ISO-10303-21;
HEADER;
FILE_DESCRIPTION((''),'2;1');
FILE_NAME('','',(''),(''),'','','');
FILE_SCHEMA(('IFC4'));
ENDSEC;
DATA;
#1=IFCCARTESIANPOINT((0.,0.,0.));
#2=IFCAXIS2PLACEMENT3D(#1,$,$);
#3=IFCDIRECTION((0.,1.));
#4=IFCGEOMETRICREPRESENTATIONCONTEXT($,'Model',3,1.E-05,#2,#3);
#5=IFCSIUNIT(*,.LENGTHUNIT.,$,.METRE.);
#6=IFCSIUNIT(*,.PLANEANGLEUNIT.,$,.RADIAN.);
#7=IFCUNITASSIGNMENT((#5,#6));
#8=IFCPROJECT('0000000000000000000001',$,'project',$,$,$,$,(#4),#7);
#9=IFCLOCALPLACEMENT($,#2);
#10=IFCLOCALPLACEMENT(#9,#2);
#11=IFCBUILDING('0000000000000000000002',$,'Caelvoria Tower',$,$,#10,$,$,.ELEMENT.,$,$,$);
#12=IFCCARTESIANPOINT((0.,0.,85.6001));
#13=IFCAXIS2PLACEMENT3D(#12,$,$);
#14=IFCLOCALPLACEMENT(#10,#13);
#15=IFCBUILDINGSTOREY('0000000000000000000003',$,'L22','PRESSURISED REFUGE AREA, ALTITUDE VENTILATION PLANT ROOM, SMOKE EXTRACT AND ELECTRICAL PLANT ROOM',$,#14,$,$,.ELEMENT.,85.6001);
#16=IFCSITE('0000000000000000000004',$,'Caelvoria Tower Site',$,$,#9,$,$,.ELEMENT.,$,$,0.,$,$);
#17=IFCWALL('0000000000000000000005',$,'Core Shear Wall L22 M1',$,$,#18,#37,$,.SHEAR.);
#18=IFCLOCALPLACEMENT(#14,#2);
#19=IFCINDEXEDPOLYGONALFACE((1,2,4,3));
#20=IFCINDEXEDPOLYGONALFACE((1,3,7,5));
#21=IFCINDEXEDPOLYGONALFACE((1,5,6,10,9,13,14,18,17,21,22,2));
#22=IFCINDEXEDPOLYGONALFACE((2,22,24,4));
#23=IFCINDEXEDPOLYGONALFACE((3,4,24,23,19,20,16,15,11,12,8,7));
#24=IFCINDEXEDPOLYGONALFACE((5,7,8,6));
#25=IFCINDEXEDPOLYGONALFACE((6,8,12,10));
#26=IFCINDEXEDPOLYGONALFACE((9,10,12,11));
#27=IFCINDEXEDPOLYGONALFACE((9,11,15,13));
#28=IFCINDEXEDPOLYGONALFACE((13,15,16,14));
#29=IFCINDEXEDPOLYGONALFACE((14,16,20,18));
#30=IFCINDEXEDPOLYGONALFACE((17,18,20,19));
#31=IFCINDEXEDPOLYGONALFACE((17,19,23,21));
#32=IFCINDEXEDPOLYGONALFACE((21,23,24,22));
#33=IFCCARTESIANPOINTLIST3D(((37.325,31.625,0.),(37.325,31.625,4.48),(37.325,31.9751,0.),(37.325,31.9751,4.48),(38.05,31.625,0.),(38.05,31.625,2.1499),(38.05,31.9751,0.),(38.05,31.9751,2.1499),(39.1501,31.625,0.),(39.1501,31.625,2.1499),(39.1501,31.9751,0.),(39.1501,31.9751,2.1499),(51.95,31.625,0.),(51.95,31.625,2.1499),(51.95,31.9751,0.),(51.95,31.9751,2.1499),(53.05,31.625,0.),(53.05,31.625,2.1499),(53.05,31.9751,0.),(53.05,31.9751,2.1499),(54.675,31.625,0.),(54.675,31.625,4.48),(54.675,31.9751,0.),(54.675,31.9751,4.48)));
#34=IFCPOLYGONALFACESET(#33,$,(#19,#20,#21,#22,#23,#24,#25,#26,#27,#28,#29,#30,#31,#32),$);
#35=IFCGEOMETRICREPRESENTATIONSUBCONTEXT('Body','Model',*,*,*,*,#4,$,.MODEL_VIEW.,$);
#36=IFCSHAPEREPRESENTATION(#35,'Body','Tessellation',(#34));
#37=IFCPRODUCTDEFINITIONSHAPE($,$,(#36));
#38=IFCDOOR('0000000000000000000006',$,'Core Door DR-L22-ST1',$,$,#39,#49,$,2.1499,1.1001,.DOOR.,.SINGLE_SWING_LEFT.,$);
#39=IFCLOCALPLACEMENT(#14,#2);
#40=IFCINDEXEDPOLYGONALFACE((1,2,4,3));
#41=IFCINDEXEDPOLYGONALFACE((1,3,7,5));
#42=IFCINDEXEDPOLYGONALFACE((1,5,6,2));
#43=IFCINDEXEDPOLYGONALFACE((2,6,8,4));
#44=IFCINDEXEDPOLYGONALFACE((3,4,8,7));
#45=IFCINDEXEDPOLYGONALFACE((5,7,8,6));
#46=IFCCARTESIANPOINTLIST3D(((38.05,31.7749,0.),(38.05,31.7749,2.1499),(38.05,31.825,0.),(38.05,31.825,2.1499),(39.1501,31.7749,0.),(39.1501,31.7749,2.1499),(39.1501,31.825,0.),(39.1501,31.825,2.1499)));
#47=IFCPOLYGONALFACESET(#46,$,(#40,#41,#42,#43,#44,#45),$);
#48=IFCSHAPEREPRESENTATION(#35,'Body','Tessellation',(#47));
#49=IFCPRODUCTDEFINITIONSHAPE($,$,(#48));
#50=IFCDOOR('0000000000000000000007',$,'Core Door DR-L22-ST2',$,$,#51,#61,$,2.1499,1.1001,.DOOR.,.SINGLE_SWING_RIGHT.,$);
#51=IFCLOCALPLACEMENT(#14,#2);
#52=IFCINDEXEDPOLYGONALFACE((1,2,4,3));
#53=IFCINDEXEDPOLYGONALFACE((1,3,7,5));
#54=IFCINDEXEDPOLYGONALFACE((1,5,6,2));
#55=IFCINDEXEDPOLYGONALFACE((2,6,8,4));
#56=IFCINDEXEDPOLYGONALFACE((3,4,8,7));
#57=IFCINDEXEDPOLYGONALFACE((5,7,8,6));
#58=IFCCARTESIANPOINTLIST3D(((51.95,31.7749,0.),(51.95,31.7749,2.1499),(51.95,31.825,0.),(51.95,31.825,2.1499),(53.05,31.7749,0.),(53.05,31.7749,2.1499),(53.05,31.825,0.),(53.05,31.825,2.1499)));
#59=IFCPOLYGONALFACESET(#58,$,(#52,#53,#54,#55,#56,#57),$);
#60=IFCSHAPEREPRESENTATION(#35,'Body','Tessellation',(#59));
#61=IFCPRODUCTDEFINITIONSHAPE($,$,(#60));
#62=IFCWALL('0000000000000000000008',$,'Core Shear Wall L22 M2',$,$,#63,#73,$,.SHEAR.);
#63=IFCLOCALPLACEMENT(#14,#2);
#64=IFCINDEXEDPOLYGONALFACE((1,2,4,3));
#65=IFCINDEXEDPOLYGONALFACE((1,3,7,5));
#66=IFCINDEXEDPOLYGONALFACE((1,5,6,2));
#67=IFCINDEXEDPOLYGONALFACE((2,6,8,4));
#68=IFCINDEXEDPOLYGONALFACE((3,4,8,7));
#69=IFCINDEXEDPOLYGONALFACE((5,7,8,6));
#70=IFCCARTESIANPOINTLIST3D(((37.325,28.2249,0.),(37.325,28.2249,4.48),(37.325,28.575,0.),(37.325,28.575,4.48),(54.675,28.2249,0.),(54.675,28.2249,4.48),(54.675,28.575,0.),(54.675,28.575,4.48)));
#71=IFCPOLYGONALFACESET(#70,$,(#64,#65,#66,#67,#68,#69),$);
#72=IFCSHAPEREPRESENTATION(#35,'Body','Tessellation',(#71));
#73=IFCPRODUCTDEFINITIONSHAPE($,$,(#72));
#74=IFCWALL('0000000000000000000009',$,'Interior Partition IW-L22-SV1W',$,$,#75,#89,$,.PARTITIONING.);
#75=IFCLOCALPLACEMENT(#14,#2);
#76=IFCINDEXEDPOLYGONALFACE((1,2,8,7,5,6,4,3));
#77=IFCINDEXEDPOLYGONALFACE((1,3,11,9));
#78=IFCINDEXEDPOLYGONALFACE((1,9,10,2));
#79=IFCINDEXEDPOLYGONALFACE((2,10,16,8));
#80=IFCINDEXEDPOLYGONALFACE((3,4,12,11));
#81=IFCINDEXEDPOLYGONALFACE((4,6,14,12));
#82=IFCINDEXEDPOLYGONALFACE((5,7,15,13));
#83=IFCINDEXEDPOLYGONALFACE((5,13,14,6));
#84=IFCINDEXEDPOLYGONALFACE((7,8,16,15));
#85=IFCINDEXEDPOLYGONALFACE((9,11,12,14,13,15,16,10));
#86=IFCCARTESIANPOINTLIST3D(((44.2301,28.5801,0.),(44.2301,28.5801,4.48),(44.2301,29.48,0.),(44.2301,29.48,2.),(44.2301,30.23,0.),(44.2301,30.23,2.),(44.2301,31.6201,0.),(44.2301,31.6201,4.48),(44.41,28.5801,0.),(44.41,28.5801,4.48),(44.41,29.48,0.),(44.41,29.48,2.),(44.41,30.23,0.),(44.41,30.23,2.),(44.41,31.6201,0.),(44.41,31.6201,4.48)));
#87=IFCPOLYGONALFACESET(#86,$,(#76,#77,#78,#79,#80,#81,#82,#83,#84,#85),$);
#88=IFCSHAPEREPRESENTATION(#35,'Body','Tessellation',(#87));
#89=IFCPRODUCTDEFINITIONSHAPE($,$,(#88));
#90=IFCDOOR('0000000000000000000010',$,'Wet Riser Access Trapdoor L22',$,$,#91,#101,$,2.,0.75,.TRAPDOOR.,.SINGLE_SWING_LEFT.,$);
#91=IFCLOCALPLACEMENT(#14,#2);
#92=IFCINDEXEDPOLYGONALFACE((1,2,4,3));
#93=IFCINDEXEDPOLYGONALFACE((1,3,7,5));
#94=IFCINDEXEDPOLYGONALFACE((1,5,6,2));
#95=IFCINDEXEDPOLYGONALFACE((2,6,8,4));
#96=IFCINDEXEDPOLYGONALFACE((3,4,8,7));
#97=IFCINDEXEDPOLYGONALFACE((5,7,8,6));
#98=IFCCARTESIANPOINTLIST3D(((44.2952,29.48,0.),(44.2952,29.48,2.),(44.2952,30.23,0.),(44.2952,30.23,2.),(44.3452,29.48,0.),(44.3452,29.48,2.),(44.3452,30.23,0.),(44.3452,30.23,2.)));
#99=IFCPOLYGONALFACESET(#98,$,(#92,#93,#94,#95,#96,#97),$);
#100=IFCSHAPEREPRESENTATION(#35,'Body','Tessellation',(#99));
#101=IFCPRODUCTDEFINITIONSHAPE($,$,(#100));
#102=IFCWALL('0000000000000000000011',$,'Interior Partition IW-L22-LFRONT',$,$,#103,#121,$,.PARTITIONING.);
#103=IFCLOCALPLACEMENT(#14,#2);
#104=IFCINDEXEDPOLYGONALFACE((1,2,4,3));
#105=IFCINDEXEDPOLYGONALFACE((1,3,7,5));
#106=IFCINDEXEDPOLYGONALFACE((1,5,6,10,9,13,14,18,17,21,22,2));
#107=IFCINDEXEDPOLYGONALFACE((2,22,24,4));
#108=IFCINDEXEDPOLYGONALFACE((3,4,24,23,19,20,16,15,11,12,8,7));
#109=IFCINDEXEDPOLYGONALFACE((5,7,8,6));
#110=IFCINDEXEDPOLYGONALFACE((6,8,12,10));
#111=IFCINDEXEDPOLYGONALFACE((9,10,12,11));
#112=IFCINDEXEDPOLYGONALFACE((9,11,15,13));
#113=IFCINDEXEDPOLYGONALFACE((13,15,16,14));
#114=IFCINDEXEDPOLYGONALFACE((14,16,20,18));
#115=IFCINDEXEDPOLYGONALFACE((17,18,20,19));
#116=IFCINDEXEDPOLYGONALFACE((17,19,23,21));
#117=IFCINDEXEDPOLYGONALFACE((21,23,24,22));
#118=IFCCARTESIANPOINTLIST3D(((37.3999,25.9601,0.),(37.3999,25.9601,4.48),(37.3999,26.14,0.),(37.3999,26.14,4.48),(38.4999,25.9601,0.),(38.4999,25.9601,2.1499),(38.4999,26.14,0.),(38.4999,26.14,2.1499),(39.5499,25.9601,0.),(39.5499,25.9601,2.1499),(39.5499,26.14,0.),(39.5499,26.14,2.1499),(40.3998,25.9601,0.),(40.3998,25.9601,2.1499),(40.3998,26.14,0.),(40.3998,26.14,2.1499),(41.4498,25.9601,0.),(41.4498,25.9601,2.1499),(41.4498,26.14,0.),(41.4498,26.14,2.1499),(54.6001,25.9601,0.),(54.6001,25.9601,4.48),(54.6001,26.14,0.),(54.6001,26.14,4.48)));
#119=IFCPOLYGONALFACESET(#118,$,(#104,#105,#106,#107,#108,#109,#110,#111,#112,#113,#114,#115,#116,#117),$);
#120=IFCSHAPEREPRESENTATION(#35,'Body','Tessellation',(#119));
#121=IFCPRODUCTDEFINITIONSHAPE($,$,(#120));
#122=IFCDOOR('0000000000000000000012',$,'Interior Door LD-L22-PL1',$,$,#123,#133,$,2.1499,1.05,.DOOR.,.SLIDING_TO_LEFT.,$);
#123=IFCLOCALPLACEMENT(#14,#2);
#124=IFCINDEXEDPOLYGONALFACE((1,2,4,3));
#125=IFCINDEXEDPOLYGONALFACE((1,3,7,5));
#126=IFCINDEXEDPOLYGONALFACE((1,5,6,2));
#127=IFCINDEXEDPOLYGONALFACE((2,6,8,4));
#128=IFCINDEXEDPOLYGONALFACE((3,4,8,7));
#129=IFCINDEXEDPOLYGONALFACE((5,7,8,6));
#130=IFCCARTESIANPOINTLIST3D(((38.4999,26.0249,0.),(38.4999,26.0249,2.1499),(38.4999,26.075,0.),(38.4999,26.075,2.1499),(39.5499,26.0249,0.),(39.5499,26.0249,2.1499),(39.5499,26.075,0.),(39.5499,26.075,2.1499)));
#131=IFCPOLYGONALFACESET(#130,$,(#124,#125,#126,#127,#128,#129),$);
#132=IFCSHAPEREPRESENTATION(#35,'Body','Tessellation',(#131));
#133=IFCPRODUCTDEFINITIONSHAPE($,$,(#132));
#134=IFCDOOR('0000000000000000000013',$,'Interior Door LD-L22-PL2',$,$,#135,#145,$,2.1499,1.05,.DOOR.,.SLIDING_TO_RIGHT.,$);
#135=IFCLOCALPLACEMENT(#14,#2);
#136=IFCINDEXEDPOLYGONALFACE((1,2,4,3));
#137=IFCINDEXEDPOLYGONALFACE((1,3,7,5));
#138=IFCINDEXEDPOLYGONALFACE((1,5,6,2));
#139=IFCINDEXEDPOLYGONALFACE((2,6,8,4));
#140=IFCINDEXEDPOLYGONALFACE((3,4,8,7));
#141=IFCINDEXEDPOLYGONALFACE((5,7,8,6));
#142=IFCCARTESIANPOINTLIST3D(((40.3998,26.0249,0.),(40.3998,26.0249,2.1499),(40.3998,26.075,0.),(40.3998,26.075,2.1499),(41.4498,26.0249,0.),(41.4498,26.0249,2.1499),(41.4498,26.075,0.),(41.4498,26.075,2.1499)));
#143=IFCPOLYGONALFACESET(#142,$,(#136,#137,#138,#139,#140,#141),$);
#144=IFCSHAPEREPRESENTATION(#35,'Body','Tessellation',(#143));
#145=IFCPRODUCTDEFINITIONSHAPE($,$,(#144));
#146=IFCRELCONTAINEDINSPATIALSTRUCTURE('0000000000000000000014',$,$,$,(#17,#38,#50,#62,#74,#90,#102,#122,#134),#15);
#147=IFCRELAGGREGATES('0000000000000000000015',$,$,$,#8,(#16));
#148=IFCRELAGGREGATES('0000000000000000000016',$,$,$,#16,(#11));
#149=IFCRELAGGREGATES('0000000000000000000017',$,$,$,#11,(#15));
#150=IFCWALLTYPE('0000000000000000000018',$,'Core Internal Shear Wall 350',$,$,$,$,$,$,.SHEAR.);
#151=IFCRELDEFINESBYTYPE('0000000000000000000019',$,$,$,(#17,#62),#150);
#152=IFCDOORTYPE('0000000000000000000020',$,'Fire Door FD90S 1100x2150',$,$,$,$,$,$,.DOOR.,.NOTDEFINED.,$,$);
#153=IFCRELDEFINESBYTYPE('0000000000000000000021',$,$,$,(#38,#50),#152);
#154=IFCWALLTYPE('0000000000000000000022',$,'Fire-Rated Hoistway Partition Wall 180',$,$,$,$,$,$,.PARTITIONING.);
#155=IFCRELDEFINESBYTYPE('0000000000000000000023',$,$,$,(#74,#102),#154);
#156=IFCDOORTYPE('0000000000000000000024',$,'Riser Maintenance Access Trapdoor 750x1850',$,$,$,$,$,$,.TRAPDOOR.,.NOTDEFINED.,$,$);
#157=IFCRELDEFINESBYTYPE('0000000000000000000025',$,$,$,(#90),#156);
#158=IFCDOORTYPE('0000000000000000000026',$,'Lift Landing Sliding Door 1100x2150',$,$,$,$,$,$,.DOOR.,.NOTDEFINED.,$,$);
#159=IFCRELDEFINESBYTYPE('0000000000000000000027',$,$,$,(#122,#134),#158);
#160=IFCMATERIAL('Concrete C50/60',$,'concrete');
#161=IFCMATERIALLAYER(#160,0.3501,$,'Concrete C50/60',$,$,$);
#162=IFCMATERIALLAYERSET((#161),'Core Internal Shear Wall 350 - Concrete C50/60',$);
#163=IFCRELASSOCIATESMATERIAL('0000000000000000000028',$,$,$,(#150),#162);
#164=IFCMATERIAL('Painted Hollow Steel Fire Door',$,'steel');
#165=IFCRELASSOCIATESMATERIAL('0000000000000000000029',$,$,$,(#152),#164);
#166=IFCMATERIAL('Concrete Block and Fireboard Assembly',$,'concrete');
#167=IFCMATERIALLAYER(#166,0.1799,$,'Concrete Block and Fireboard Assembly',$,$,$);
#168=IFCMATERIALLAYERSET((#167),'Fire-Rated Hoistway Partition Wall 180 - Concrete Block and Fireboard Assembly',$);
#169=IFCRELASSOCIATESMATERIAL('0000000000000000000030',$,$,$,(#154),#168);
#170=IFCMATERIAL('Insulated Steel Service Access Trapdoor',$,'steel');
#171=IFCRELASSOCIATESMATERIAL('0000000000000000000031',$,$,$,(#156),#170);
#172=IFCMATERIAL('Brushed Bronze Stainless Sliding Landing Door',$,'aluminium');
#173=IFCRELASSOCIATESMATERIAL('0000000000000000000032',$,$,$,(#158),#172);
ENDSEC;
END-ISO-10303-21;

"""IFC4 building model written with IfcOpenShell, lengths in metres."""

from ifc_helpers import new_model, si_unit, direction, frame, frame_2d, origin, place, context, subcontext, project, spatial, rectangle, extrude, material, layer, layer_set, type_object, element, fill, save


model = new_model("IFC4")

# Units and contexts
model_context = context("Model", 3, precision=1e-05, world=origin(), true_north=direction((0.0, 1.0)))
body_context = subcontext(model_context, "Body", "Model", "MODEL_VIEW")
ifc_project = project(units=[si_unit("LENGTHUNIT", "METRE"), si_unit("PLANEANGLEUNIT", "RADIAN")], contexts=[model_context])

# Site, building, storey
site_placement = place(None, origin())
site = spatial("IfcSite", under=ifc_project, at=site_placement, Name="Caelvoria Tower Site", CompositionType="ELEMENT", RefElevation=0.0)
building_placement = place(site_placement, origin())
building = spatial("IfcBuilding", under=site, at=building_placement, Name="Caelvoria Tower", CompositionType="ELEMENT")
storey_placement = place(building_placement, frame((0.0, 0.0, 85.6001)))
storey = spatial("IfcBuildingStorey", under=building, at=storey_placement, Name="L22", Description="PRESSURISED REFUGE AREA, ALTITUDE VENTILATION PLANT ROOM, SMOKE EXTRACT AND ELECTRICAL PLANT ROOM", CompositionType="ELEMENT", Elevation=85.6001)

# Wall, openings, doors
ifc_material_1 = material(Name="Concrete C50/60", Category="concrete")
ifc_layer_1 = layer(ifc_material_1, 0.3501, Name="Concrete C50/60")
ifc_layer_set_1 = layer_set([ifc_layer_1], Name="Core Internal Shear Wall 350 - Concrete C50/60")
wall_type_1 = type_object("IfcWallType", Name="Core Internal Shear Wall 350", PredefinedType="SHEAR", material=ifc_layer_set_1)
wall_1_placement = place(storey_placement, frame((37.325, 31.8, 0.0), z_axis=(0.0, 0.0, 1.0), x_axis=(1.0, 0.0, 0.0)))
wall_1 = element("IfcWall", 1, at=wall_1_placement, inside=storey, type_object=wall_type_1, Name="Core Shear Wall L22 M1", PredefinedType="SHEAR", context=body_context, shape_type="SweptSolid", body=[
    extrude(rectangle(XDim=17.3501, YDim=0.3501, at=frame_2d((8.675, 0.0))), origin(), (0.0, 0.0, 1.0), 4.48),
])
opening_1_placement = place(wall_1_placement, frame((0.7251, 0.0, 0.0)))
opening_1 = element("IfcOpeningElement", 2, at=opening_1_placement, cuts=wall_1, PredefinedType="OPENING", context=body_context, shape_type="SweptSolid", body=[
    extrude(rectangle(XDim=1.1001, YDim=2.1499, at=frame_2d((0.55, 1.075))), frame((0.0, 0.1851, 0.0), z_axis=(0.0, -1.0, 0.0), x_axis=(1.0, 0.0, 0.0)), (0.0, 0.0, 1.0), 0.3701),
])
opening_2_placement = place(wall_1_placement, frame((14.625, 0.0, 0.0)))
opening_2 = element("IfcOpeningElement", 3, at=opening_2_placement, cuts=wall_1, PredefinedType="OPENING", context=body_context, shape_type="SweptSolid", body=[
    extrude(rectangle(XDim=1.1001, YDim=2.1499, at=frame_2d((0.55, 1.075))), frame((0.0, 0.1851, 0.0), z_axis=(0.0, -1.0, 0.0), x_axis=(1.0, 0.0, 0.0)), (0.0, 0.0, 1.0), 0.3701),
])
ifc_material_2 = material(Name="Painted Hollow Steel Fire Door", Category="steel")
door_type_1 = type_object("IfcDoorType", Name="Fire Door FD90S 1100x2150", OperationType="NOTDEFINED", PredefinedType="DOOR", material=ifc_material_2)
door_1_placement = place(opening_1_placement, origin())
door_1 = element("IfcDoor", 4, at=door_1_placement, inside=storey, type_object=door_type_1, Name="Core Door DR-L22-ST1", OperationType="SINGLE_SWING_LEFT", OverallHeight=2.1499, OverallWidth=1.1001, PredefinedType="DOOR", context=body_context, shape_type="SweptSolid", body=[
    extrude(rectangle(XDim=1.1001, YDim=2.1499, at=frame_2d((0.55, 1.075))), frame((0.0, 0.0249, 0.0), z_axis=(0.0, -1.0, 0.0), x_axis=(1.0, 0.0, 0.0)), (0.0, 0.0, 1.0), 0.05),
])
fill(opening_1, door_1)
door_2_placement = place(opening_2_placement, origin())
door_2 = element("IfcDoor", 5, at=door_2_placement, inside=storey, type_object=door_type_1, Name="Core Door DR-L22-ST2", OperationType="SINGLE_SWING_RIGHT", OverallHeight=2.1499, OverallWidth=1.1001, PredefinedType="DOOR", context=body_context, shape_type="SweptSolid", body=[
    extrude(rectangle(XDim=1.1001, YDim=2.1499, at=frame_2d((0.55, 1.075))), frame((0.0, 0.0249, 0.0), z_axis=(0.0, -1.0, 0.0), x_axis=(1.0, 0.0, 0.0)), (0.0, 0.0, 1.0), 0.05),
])
fill(opening_2, door_2)

# Wall
wall_2_placement = place(storey_placement, frame((37.325, 28.3999, 0.0), z_axis=(0.0, 0.0, 1.0), x_axis=(1.0, 0.0, 0.0)))
element("IfcWall", 6, at=wall_2_placement, inside=storey, type_object=wall_type_1, Name="Core Shear Wall L22 M2", PredefinedType="SHEAR", context=body_context, shape_type="SweptSolid", body=[
    extrude(rectangle(XDim=17.3501, YDim=0.3501, at=frame_2d((8.675, 0.0))), origin(), (0.0, 0.0, 1.0), 4.48),
])

# Wall, opening, door
ifc_material_3 = material(Name="Concrete Block and Fireboard Assembly", Category="concrete")
ifc_layer_2 = layer(ifc_material_3, 0.1799, Name="Concrete Block and Fireboard Assembly")
ifc_layer_set_2 = layer_set([ifc_layer_2], Name="Fire-Rated Hoistway Partition Wall 180 - Concrete Block and Fireboard Assembly")
wall_type_2 = type_object("IfcWallType", Name="Fire-Rated Hoistway Partition Wall 180", PredefinedType="PARTITIONING", material=ifc_layer_set_2)
wall_3_placement = place(storey_placement, frame((44.3201, 28.5801, 0.0), z_axis=(0.0, 0.0, 1.0), x_axis=(0.0, 1.0, 0.0)))
wall_3 = element("IfcWall", 7, at=wall_3_placement, inside=storey, type_object=wall_type_2, Name="Interior Partition IW-L22-SV1W", PredefinedType="PARTITIONING", context=body_context, shape_type="SweptSolid", body=[
    extrude(rectangle(XDim=3.04, YDim=0.1799, at=frame_2d((1.52, 0.0))), origin(), (0.0, 0.0, 1.0), 4.48),
])
opening_3_placement = place(wall_3_placement, frame((0.8999, 0.0, 0.0)))
opening_3 = element("IfcOpeningElement", 8, at=opening_3_placement, cuts=wall_3, PredefinedType="OPENING", context=body_context, shape_type="SweptSolid", body=[
    extrude(rectangle(XDim=0.75, YDim=2.0, at=frame_2d((0.375, 1.0))), frame((0.0, 0.0999, 0.0), z_axis=(0.0, -1.0, 0.0), x_axis=(1.0, 0.0, 0.0)), (0.0, 0.0, 1.0), 0.2),
])
ifc_material_4 = material(Name="Insulated Steel Service Access Trapdoor", Category="steel")
door_type_2 = type_object("IfcDoorType", Name="Riser Maintenance Access Trapdoor 750x1850", OperationType="NOTDEFINED", PredefinedType="TRAPDOOR", material=ifc_material_4)
door_3_placement = place(opening_3_placement, origin())
door_3 = element("IfcDoor", 9, at=door_3_placement, inside=storey, type_object=door_type_2, Name="Wet Riser Access Trapdoor L22", OperationType="SINGLE_SWING_LEFT", OverallHeight=2.0, OverallWidth=0.75, PredefinedType="TRAPDOOR", context=body_context, shape_type="SweptSolid", body=[
    extrude(rectangle(XDim=0.75, YDim=2.0, at=frame_2d((0.375, 1.0))), frame((0.0, 0.0249, 0.0), z_axis=(0.0, -1.0, 0.0), x_axis=(1.0, 0.0, 0.0)), (0.0, 0.0, 1.0), 0.05),
])
fill(opening_3, door_3)

# Wall, openings, doors
wall_4_placement = place(storey_placement, frame((37.3999, 26.05, 0.0), z_axis=(0.0, 0.0, 1.0), x_axis=(1.0, 0.0, 0.0)))
wall_4 = element("IfcWall", 10, at=wall_4_placement, inside=storey, type_object=wall_type_2, Name="Interior Partition IW-L22-LFRONT", PredefinedType="PARTITIONING", context=body_context, shape_type="SweptSolid", body=[
    extrude(rectangle(XDim=17.2002, YDim=0.1799, at=frame_2d((8.6001, 0.0))), origin(), (0.0, 0.0, 1.0), 4.48),
])
opening_4_placement = place(wall_4_placement, frame((1.1001, 0.0, 0.0)))
opening_4 = element("IfcOpeningElement", 11, at=opening_4_placement, cuts=wall_4, PredefinedType="OPENING", context=body_context, shape_type="SweptSolid", body=[
    extrude(rectangle(XDim=1.05, YDim=2.1499, at=frame_2d((0.5249, 1.075))), frame((0.0, 0.0999, 0.0), z_axis=(0.0, -1.0, 0.0), x_axis=(1.0, 0.0, 0.0)), (0.0, 0.0, 1.0), 0.2),
])
opening_5_placement = place(wall_4_placement, frame((3.0, 0.0, 0.0)))
opening_5 = element("IfcOpeningElement", 12, at=opening_5_placement, cuts=wall_4, PredefinedType="OPENING", context=body_context, shape_type="SweptSolid", body=[
    extrude(rectangle(XDim=1.05, YDim=2.1499, at=frame_2d((0.5249, 1.075))), frame((0.0, 0.0999, 0.0), z_axis=(0.0, -1.0, 0.0), x_axis=(1.0, 0.0, 0.0)), (0.0, 0.0, 1.0), 0.2),
])
ifc_material_5 = material(Name="Brushed Bronze Stainless Sliding Landing Door", Category="aluminium")
door_type_3 = type_object("IfcDoorType", Name="Lift Landing Sliding Door 1100x2150", OperationType="NOTDEFINED", PredefinedType="DOOR", material=ifc_material_5)
door_4_placement = place(opening_4_placement, origin())
door_4 = element("IfcDoor", 13, at=door_4_placement, inside=storey, type_object=door_type_3, Name="Interior Door LD-L22-PL1", OperationType="SLIDING_TO_LEFT", OverallHeight=2.1499, OverallWidth=1.05, PredefinedType="DOOR", context=body_context, shape_type="SweptSolid", body=[
    extrude(rectangle(XDim=1.05, YDim=2.1499, at=frame_2d((0.5249, 1.075))), frame((0.0, 0.0249, 0.0), z_axis=(0.0, -1.0, 0.0), x_axis=(1.0, 0.0, 0.0)), (0.0, 0.0, 1.0), 0.05),
])
fill(opening_4, door_4)
door_5_placement = place(opening_5_placement, origin())
door_5 = element("IfcDoor", 14, at=door_5_placement, inside=storey, type_object=door_type_3, Name="Interior Door LD-L22-PL2", OperationType="SLIDING_TO_RIGHT", OverallHeight=2.1499, OverallWidth=1.05, PredefinedType="DOOR", context=body_context, shape_type="SweptSolid", body=[
    extrude(rectangle(XDim=1.05, YDim=2.1499, at=frame_2d((0.5249, 1.075))), frame((0.0, 0.0249, 0.0), z_axis=(0.0, -1.0, 0.0), x_axis=(1.0, 0.0, 0.0)), (0.0, 0.0, 1.0), 0.05),
])
fill(opening_5, door_5)

save(model, "model.ifc")
